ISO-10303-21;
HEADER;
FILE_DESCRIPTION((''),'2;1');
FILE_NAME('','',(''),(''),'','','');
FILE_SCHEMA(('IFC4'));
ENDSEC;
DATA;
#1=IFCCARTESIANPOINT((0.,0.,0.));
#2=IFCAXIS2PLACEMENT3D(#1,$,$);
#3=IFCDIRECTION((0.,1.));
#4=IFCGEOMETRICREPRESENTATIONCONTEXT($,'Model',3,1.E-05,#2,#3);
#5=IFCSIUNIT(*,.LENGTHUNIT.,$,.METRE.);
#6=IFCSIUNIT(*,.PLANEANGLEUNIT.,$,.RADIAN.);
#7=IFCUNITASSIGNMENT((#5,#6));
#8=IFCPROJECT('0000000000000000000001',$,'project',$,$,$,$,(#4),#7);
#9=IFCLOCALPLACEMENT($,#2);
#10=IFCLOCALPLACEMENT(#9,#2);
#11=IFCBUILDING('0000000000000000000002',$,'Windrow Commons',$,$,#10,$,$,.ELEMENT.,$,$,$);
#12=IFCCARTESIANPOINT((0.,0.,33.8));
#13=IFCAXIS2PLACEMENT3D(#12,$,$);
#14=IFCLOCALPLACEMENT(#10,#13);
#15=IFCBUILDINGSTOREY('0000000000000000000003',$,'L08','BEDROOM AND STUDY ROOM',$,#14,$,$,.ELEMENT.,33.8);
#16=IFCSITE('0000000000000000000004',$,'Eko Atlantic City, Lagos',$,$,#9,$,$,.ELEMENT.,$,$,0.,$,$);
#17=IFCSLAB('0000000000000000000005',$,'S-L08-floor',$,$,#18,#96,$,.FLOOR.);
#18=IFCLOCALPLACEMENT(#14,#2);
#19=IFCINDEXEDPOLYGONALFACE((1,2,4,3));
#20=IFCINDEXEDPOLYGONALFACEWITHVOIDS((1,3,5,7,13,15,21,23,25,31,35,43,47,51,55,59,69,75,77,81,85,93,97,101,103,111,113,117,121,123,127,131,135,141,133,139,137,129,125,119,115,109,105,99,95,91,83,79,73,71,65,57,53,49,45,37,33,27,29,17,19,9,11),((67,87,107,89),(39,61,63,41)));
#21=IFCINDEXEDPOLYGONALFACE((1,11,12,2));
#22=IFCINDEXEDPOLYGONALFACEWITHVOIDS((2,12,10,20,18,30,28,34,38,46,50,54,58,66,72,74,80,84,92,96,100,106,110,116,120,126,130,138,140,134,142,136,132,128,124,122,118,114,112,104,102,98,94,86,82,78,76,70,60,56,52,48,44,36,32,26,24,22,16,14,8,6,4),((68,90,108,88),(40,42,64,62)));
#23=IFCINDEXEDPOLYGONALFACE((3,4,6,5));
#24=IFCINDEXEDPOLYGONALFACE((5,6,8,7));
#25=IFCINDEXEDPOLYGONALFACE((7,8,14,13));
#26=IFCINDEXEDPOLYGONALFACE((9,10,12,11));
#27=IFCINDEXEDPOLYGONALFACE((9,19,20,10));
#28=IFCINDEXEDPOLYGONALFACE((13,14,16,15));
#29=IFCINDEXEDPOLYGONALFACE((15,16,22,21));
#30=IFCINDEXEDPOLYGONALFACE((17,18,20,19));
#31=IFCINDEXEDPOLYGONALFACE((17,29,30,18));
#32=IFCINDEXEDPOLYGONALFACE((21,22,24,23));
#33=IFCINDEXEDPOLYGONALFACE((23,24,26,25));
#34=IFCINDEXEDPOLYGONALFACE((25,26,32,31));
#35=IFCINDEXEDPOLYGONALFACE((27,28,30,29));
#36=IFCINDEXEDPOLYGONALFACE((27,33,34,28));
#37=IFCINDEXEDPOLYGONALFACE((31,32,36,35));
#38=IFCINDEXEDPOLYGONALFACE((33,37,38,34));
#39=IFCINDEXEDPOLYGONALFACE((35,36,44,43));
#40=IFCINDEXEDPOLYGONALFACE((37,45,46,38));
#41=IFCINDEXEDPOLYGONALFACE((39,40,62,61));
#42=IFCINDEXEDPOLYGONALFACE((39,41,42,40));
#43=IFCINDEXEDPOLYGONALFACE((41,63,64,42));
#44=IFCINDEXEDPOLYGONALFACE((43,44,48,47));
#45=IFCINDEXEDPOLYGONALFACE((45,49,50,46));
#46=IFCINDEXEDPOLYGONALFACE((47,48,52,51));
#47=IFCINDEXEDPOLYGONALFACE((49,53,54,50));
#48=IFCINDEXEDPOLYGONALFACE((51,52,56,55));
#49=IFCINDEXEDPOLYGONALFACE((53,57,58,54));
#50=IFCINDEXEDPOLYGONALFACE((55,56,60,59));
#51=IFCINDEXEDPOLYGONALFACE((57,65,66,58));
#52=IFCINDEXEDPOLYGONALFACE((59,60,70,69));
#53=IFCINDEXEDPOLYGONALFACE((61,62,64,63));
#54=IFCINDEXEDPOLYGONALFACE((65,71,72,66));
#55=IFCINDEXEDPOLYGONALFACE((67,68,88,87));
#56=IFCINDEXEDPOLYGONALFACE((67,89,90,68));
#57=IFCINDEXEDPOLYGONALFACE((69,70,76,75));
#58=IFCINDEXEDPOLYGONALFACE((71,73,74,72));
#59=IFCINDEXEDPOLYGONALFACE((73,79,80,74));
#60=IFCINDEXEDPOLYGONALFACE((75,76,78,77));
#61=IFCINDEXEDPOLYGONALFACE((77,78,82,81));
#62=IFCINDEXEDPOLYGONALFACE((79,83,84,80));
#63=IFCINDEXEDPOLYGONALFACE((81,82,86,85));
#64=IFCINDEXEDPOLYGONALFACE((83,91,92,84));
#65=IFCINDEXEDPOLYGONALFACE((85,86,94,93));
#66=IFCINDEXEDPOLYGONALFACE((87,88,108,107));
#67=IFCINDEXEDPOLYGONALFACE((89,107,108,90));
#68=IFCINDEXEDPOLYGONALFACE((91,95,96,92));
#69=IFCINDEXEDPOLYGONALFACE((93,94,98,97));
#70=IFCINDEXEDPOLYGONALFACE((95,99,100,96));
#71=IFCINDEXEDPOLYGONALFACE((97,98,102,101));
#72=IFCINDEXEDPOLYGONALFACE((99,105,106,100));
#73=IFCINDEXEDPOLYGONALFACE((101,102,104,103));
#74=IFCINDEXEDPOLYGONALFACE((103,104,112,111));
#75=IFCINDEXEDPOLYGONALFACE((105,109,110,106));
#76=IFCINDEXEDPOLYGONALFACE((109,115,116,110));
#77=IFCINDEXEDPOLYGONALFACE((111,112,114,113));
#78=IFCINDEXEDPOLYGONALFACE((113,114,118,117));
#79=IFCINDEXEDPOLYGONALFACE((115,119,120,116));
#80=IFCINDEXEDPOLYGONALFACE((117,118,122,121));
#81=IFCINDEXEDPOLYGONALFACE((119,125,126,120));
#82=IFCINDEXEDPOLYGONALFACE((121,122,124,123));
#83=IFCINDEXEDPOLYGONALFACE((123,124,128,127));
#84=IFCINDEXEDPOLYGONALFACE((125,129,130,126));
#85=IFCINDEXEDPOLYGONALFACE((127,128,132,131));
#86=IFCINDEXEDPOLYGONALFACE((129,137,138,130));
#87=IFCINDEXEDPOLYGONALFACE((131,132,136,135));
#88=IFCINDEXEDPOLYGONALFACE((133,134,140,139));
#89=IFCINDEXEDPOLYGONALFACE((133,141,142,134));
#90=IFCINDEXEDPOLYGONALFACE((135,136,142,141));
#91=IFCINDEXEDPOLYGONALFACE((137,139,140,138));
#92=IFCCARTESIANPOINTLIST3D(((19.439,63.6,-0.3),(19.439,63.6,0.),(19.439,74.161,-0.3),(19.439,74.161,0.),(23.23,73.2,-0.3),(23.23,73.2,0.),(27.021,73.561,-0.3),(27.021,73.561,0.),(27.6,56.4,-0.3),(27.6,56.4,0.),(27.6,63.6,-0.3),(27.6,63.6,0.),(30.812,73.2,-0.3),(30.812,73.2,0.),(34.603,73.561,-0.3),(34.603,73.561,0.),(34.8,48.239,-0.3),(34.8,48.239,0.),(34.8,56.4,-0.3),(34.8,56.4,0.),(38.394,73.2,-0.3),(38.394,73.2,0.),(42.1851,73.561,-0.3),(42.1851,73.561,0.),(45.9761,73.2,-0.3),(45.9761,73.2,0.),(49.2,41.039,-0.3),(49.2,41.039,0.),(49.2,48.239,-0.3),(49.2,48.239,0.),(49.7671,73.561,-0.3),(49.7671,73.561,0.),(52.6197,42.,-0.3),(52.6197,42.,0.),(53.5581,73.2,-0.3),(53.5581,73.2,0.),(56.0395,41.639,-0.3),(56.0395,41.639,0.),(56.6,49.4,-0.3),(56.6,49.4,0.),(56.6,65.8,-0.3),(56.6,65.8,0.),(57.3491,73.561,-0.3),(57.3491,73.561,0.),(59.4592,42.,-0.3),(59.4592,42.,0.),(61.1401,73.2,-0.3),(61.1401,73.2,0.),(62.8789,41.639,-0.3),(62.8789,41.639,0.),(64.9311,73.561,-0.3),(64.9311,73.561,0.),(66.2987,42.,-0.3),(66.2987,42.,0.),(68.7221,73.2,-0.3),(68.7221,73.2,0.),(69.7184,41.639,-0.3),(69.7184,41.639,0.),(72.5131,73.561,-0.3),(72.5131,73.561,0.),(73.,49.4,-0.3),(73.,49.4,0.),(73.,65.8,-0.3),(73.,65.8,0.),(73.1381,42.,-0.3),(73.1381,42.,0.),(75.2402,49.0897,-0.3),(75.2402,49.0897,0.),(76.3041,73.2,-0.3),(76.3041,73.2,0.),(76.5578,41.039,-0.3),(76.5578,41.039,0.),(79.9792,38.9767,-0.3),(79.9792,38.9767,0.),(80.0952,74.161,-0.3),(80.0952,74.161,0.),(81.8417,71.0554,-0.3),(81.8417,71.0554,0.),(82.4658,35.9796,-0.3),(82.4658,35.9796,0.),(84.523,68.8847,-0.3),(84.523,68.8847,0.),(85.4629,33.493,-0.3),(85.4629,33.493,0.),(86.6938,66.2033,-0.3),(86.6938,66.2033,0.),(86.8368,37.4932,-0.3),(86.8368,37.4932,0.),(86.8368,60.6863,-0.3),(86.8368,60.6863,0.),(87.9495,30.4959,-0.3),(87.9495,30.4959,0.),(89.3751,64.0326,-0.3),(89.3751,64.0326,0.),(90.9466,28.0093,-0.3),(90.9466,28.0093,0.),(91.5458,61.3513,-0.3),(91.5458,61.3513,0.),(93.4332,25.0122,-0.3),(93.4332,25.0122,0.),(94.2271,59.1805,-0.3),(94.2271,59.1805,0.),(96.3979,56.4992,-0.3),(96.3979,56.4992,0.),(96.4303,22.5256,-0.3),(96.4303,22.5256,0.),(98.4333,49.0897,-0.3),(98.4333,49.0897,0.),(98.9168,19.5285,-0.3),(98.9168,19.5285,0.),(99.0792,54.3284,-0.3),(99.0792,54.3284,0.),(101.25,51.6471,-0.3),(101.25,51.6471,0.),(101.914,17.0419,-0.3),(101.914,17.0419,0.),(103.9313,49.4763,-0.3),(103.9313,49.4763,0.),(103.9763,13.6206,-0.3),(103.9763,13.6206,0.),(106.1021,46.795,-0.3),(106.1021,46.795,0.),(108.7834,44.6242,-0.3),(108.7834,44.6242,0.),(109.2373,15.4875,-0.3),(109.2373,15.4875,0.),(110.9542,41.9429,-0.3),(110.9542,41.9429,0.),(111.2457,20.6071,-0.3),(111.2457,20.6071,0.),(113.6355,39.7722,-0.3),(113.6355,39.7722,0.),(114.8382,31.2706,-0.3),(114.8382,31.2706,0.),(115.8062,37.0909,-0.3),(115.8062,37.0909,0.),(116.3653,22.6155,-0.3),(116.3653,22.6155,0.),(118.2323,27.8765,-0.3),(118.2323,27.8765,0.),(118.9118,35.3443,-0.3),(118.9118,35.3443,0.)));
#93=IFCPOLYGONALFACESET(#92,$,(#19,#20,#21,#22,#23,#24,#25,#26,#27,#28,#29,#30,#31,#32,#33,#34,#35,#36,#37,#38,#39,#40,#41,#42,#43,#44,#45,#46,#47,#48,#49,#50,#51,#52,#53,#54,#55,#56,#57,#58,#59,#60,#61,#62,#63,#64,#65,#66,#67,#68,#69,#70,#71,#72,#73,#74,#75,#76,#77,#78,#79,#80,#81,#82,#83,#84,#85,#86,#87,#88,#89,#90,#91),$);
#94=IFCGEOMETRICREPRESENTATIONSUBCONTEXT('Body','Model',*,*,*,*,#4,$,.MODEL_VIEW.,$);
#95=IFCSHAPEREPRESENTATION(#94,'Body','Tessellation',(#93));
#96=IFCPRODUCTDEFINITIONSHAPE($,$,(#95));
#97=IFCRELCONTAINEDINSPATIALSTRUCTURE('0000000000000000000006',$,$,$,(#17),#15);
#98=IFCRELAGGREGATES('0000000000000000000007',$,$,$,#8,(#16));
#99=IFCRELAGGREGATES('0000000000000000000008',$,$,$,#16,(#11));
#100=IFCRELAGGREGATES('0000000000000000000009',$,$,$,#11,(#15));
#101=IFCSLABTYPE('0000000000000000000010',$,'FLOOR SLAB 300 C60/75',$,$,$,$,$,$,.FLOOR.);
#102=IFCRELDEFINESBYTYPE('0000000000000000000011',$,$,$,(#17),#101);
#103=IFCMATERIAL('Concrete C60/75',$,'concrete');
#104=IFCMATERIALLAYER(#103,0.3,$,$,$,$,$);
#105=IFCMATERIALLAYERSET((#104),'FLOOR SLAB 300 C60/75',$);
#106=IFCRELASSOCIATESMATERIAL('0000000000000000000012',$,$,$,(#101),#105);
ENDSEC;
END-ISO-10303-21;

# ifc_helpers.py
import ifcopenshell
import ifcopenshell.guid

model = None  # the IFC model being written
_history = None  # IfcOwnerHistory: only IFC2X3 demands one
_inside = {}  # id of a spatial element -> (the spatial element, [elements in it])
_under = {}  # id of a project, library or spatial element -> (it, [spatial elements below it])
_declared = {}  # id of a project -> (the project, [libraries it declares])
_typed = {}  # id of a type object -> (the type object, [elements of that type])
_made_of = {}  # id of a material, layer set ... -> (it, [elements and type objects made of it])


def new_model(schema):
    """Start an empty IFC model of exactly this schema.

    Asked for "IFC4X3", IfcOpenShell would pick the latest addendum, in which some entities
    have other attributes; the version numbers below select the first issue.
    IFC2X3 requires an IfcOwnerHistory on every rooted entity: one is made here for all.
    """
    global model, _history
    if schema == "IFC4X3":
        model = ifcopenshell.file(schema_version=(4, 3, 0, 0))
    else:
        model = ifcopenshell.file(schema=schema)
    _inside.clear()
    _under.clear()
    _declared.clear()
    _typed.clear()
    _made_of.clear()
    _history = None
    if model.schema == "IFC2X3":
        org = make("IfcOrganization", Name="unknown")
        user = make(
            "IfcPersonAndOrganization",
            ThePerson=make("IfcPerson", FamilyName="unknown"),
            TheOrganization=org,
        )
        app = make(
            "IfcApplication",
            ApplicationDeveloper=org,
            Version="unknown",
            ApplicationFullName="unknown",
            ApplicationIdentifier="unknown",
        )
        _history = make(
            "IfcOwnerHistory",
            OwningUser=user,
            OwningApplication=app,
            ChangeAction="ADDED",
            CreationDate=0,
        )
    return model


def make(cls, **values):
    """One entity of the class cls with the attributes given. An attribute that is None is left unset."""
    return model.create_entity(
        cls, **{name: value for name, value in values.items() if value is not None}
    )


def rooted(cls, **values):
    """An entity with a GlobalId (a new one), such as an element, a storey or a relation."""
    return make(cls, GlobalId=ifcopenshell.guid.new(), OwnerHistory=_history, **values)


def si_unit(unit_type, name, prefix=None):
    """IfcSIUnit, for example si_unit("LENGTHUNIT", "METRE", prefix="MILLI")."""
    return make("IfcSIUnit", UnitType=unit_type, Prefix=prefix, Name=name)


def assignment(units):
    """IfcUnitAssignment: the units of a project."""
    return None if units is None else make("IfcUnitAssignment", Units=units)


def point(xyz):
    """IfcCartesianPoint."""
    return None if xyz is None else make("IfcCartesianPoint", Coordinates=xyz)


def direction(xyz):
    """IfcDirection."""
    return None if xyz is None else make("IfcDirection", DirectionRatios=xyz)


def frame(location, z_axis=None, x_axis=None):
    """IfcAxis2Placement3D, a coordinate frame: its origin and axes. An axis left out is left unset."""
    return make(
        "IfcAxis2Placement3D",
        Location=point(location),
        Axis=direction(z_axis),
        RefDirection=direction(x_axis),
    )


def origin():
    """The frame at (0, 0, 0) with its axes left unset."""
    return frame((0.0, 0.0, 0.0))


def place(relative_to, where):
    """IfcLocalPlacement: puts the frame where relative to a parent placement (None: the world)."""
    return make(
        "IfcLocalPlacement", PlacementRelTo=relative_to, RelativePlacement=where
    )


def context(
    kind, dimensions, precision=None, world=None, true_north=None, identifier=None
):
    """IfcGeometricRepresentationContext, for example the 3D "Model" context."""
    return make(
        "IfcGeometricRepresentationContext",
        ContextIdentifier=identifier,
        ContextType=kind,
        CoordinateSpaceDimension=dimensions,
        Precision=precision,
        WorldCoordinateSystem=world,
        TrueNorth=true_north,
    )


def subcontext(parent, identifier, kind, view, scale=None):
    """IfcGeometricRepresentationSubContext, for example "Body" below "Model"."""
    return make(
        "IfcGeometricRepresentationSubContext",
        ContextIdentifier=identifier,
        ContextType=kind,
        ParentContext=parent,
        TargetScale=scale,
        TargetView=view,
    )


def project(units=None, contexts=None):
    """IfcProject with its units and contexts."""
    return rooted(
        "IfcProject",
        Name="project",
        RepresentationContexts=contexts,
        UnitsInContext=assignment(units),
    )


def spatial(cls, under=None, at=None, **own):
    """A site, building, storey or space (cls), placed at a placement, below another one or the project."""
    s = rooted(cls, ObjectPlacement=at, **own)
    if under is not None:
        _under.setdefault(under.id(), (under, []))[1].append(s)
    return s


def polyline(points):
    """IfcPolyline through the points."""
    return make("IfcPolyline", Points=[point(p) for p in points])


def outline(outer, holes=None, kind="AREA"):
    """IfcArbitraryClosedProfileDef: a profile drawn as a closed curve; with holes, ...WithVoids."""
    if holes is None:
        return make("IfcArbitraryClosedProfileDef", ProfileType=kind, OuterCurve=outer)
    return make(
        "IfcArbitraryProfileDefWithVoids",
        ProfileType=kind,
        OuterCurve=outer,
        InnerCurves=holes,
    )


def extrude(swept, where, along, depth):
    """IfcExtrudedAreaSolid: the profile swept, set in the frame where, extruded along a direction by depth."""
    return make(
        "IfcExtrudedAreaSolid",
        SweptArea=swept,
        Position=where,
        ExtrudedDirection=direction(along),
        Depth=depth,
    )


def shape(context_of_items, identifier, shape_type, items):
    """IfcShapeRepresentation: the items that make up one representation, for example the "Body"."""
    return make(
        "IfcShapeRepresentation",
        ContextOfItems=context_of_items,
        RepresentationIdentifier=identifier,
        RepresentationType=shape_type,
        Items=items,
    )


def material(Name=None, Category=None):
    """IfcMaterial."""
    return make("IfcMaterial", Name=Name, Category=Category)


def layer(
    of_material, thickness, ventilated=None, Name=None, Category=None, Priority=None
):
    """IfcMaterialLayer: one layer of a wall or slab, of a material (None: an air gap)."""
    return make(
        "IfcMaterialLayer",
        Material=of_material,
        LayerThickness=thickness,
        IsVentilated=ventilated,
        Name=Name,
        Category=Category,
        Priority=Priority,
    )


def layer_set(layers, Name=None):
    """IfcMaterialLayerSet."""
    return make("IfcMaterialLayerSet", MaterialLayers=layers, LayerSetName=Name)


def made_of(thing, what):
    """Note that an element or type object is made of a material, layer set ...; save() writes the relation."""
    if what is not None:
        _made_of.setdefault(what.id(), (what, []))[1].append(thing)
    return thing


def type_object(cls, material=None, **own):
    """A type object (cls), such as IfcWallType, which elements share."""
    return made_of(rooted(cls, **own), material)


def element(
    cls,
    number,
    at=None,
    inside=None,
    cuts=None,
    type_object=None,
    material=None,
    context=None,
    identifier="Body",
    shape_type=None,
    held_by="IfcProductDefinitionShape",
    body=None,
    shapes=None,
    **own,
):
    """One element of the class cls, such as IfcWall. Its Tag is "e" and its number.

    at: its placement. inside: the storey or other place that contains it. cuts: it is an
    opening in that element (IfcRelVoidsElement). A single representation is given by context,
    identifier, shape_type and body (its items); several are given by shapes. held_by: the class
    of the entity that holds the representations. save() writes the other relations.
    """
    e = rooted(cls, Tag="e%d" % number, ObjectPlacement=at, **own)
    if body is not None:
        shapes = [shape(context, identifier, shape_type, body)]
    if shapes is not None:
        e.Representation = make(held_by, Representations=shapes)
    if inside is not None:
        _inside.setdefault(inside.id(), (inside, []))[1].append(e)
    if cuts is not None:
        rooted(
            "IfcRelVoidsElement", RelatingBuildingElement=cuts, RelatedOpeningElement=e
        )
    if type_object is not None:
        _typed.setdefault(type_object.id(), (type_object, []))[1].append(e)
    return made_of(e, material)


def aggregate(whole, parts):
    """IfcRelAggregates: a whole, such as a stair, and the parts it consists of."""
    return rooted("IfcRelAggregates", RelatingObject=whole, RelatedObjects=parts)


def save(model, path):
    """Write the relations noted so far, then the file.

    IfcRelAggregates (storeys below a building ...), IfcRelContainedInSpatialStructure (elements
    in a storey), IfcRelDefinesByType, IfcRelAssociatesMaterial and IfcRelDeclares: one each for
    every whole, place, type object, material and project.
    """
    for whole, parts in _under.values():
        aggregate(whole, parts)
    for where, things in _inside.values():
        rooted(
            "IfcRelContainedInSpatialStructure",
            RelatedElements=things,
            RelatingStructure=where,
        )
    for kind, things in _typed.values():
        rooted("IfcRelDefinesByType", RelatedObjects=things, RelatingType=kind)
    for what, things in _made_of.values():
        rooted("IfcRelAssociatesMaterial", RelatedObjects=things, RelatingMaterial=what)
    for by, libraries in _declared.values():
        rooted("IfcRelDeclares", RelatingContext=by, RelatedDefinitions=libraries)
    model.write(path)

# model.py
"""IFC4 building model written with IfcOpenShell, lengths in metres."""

from ifc_helpers import new_model, si_unit, direction, frame, origin, place, context, subcontext, project, spatial, polyline, outline, extrude, material, layer, layer_set, type_object, element, save


model = new_model("IFC4")

# Units and contexts
model_context = context("Model", 3, precision=1e-05, world=origin(), true_north=direction((0.0, 1.0)))
body_context = subcontext(model_context, "Body", "Model", "MODEL_VIEW")
ifc_project = project(units=[si_unit("LENGTHUNIT", "METRE"), si_unit("PLANEANGLEUNIT", "RADIAN")], contexts=[model_context])

# Site, building, storey
site_placement = place(None, origin())
site = spatial("IfcSite", under=ifc_project, at=site_placement, Name="Eko Atlantic City, Lagos", CompositionType="ELEMENT", RefElevation=0.0)
building_placement = place(site_placement, origin())
building = spatial("IfcBuilding", under=site, at=building_placement, Name="Windrow Commons", CompositionType="ELEMENT")
storey_placement = place(building_placement, frame((0.0, 0.0, 33.8)))
storey = spatial("IfcBuildingStorey", under=building, at=storey_placement, Name="L08", Description="BEDROOM AND STUDY ROOM", CompositionType="ELEMENT", Elevation=33.8)

# Shared definitions
placement_1 = place(storey_placement, frame((0.0, 0.0, -0.3)))

# Slab, openings
ifc_material_1 = material(Name="Concrete C60/75", Category="concrete")
ifc_layer_1 = layer(ifc_material_1, 0.3)
ifc_layer_set_1 = layer_set([ifc_layer_1], Name="FLOOR SLAB 300 C60/75")
slab_type_1 = type_object("IfcSlabType", Name="FLOOR SLAB 300 C60/75", PredefinedType="FLOOR", material=ifc_layer_set_1)
slab_1 = element("IfcSlab", 1, at=placement_1, inside=storey, type_object=slab_type_1, Name="S-L08-floor", PredefinedType="FLOOR", context=body_context, shape_type="SweptSolid", body=[
    extrude(outline(polyline([(101.914, 17.0419), (103.9763, 13.6206), (109.2373, 15.4875), (111.2457, 20.6071), (116.3653, 22.6155), (118.2323, 27.8765), (114.8382, 31.2706), (118.9118, 35.3443), (115.8062, 37.0909), (113.6355, 39.7722), (110.9542, 41.9429), (108.7834, 44.6242), (106.1021, 46.795), (103.9313, 49.4763), (101.25, 51.6471), (99.0792, 54.3284), (96.3979, 56.4992), (94.2271, 59.1805), (91.5458, 61.3513), (89.3751, 64.0326), (86.6938, 66.2033), (84.523, 68.8847), (81.8417, 71.0554), (80.0952, 74.161), (76.3041, 73.2), (72.5131, 73.561), (68.7221, 73.2), (64.9311, 73.561), (61.1401, 73.2), (57.3491, 73.561), (53.5581, 73.2), (49.7671, 73.561), (45.9761, 73.2), (42.1851, 73.561), (38.394, 73.2), (34.603, 73.561), (30.812, 73.2), (27.021, 73.561), (23.23, 73.2), (19.439, 74.161), (19.439, 63.6), (27.6, 63.6), (27.6, 56.4), (34.8, 56.4), (34.8, 48.239), (49.2, 48.239), (49.2, 41.039), (52.6197, 42.0), (56.0395, 41.639), (59.4592, 42.0), (62.8789, 41.639), (66.2987, 42.0), (69.7184, 41.639), (73.1381, 42.0), (76.5578, 41.039), (79.9792, 38.9767), (82.4658, 35.9796), (85.4629, 33.493), (87.9495, 30.4959), (90.9466, 28.0093), (93.4332, 25.0122), (96.4303, 22.5256), (98.9168, 19.5285), (101.914, 17.0419)]), holes=[polyline([(75.2402, 49.0897), (86.8368, 60.6863), (98.4333, 49.0897), (86.8368, 37.4932), (75.2402, 49.0897)]), polyline([(56.6, 49.4), (56.6, 65.8), (73.0, 65.8), (73.0, 49.4), (56.6, 49.4)])]), origin(), (0.0, 0.0, 1.0), 0.3),
])
opening_1_placement = place(placement_1, origin())
element("IfcOpeningElement", 2, at=opening_1_placement, cuts=slab_1, PredefinedType="OPENING", context=body_context, shape_type="SweptSolid", body=[
    extrude(outline(polyline([(75.2473, 49.0897), (86.8368, 60.6792), (98.4262, 49.0897), (86.8368, 37.5003), (75.2473, 49.0897)])), origin(), (0.0, 0.0, 1.0), 0.3),
])
opening_2_placement = place(placement_1, origin())
element("IfcOpeningElement", 3, at=opening_2_placement, cuts=slab_1, PredefinedType="OPENING", context=body_context, shape_type="SweptSolid", body=[
    extrude(outline(polyline([(56.605, 49.405), (56.605, 65.795), (72.995, 65.795), (72.995, 49.405), (56.605, 49.405)])), origin(), (0.0, 0.0, 1.0), 0.3),
])

save(model, "model.ifc")
